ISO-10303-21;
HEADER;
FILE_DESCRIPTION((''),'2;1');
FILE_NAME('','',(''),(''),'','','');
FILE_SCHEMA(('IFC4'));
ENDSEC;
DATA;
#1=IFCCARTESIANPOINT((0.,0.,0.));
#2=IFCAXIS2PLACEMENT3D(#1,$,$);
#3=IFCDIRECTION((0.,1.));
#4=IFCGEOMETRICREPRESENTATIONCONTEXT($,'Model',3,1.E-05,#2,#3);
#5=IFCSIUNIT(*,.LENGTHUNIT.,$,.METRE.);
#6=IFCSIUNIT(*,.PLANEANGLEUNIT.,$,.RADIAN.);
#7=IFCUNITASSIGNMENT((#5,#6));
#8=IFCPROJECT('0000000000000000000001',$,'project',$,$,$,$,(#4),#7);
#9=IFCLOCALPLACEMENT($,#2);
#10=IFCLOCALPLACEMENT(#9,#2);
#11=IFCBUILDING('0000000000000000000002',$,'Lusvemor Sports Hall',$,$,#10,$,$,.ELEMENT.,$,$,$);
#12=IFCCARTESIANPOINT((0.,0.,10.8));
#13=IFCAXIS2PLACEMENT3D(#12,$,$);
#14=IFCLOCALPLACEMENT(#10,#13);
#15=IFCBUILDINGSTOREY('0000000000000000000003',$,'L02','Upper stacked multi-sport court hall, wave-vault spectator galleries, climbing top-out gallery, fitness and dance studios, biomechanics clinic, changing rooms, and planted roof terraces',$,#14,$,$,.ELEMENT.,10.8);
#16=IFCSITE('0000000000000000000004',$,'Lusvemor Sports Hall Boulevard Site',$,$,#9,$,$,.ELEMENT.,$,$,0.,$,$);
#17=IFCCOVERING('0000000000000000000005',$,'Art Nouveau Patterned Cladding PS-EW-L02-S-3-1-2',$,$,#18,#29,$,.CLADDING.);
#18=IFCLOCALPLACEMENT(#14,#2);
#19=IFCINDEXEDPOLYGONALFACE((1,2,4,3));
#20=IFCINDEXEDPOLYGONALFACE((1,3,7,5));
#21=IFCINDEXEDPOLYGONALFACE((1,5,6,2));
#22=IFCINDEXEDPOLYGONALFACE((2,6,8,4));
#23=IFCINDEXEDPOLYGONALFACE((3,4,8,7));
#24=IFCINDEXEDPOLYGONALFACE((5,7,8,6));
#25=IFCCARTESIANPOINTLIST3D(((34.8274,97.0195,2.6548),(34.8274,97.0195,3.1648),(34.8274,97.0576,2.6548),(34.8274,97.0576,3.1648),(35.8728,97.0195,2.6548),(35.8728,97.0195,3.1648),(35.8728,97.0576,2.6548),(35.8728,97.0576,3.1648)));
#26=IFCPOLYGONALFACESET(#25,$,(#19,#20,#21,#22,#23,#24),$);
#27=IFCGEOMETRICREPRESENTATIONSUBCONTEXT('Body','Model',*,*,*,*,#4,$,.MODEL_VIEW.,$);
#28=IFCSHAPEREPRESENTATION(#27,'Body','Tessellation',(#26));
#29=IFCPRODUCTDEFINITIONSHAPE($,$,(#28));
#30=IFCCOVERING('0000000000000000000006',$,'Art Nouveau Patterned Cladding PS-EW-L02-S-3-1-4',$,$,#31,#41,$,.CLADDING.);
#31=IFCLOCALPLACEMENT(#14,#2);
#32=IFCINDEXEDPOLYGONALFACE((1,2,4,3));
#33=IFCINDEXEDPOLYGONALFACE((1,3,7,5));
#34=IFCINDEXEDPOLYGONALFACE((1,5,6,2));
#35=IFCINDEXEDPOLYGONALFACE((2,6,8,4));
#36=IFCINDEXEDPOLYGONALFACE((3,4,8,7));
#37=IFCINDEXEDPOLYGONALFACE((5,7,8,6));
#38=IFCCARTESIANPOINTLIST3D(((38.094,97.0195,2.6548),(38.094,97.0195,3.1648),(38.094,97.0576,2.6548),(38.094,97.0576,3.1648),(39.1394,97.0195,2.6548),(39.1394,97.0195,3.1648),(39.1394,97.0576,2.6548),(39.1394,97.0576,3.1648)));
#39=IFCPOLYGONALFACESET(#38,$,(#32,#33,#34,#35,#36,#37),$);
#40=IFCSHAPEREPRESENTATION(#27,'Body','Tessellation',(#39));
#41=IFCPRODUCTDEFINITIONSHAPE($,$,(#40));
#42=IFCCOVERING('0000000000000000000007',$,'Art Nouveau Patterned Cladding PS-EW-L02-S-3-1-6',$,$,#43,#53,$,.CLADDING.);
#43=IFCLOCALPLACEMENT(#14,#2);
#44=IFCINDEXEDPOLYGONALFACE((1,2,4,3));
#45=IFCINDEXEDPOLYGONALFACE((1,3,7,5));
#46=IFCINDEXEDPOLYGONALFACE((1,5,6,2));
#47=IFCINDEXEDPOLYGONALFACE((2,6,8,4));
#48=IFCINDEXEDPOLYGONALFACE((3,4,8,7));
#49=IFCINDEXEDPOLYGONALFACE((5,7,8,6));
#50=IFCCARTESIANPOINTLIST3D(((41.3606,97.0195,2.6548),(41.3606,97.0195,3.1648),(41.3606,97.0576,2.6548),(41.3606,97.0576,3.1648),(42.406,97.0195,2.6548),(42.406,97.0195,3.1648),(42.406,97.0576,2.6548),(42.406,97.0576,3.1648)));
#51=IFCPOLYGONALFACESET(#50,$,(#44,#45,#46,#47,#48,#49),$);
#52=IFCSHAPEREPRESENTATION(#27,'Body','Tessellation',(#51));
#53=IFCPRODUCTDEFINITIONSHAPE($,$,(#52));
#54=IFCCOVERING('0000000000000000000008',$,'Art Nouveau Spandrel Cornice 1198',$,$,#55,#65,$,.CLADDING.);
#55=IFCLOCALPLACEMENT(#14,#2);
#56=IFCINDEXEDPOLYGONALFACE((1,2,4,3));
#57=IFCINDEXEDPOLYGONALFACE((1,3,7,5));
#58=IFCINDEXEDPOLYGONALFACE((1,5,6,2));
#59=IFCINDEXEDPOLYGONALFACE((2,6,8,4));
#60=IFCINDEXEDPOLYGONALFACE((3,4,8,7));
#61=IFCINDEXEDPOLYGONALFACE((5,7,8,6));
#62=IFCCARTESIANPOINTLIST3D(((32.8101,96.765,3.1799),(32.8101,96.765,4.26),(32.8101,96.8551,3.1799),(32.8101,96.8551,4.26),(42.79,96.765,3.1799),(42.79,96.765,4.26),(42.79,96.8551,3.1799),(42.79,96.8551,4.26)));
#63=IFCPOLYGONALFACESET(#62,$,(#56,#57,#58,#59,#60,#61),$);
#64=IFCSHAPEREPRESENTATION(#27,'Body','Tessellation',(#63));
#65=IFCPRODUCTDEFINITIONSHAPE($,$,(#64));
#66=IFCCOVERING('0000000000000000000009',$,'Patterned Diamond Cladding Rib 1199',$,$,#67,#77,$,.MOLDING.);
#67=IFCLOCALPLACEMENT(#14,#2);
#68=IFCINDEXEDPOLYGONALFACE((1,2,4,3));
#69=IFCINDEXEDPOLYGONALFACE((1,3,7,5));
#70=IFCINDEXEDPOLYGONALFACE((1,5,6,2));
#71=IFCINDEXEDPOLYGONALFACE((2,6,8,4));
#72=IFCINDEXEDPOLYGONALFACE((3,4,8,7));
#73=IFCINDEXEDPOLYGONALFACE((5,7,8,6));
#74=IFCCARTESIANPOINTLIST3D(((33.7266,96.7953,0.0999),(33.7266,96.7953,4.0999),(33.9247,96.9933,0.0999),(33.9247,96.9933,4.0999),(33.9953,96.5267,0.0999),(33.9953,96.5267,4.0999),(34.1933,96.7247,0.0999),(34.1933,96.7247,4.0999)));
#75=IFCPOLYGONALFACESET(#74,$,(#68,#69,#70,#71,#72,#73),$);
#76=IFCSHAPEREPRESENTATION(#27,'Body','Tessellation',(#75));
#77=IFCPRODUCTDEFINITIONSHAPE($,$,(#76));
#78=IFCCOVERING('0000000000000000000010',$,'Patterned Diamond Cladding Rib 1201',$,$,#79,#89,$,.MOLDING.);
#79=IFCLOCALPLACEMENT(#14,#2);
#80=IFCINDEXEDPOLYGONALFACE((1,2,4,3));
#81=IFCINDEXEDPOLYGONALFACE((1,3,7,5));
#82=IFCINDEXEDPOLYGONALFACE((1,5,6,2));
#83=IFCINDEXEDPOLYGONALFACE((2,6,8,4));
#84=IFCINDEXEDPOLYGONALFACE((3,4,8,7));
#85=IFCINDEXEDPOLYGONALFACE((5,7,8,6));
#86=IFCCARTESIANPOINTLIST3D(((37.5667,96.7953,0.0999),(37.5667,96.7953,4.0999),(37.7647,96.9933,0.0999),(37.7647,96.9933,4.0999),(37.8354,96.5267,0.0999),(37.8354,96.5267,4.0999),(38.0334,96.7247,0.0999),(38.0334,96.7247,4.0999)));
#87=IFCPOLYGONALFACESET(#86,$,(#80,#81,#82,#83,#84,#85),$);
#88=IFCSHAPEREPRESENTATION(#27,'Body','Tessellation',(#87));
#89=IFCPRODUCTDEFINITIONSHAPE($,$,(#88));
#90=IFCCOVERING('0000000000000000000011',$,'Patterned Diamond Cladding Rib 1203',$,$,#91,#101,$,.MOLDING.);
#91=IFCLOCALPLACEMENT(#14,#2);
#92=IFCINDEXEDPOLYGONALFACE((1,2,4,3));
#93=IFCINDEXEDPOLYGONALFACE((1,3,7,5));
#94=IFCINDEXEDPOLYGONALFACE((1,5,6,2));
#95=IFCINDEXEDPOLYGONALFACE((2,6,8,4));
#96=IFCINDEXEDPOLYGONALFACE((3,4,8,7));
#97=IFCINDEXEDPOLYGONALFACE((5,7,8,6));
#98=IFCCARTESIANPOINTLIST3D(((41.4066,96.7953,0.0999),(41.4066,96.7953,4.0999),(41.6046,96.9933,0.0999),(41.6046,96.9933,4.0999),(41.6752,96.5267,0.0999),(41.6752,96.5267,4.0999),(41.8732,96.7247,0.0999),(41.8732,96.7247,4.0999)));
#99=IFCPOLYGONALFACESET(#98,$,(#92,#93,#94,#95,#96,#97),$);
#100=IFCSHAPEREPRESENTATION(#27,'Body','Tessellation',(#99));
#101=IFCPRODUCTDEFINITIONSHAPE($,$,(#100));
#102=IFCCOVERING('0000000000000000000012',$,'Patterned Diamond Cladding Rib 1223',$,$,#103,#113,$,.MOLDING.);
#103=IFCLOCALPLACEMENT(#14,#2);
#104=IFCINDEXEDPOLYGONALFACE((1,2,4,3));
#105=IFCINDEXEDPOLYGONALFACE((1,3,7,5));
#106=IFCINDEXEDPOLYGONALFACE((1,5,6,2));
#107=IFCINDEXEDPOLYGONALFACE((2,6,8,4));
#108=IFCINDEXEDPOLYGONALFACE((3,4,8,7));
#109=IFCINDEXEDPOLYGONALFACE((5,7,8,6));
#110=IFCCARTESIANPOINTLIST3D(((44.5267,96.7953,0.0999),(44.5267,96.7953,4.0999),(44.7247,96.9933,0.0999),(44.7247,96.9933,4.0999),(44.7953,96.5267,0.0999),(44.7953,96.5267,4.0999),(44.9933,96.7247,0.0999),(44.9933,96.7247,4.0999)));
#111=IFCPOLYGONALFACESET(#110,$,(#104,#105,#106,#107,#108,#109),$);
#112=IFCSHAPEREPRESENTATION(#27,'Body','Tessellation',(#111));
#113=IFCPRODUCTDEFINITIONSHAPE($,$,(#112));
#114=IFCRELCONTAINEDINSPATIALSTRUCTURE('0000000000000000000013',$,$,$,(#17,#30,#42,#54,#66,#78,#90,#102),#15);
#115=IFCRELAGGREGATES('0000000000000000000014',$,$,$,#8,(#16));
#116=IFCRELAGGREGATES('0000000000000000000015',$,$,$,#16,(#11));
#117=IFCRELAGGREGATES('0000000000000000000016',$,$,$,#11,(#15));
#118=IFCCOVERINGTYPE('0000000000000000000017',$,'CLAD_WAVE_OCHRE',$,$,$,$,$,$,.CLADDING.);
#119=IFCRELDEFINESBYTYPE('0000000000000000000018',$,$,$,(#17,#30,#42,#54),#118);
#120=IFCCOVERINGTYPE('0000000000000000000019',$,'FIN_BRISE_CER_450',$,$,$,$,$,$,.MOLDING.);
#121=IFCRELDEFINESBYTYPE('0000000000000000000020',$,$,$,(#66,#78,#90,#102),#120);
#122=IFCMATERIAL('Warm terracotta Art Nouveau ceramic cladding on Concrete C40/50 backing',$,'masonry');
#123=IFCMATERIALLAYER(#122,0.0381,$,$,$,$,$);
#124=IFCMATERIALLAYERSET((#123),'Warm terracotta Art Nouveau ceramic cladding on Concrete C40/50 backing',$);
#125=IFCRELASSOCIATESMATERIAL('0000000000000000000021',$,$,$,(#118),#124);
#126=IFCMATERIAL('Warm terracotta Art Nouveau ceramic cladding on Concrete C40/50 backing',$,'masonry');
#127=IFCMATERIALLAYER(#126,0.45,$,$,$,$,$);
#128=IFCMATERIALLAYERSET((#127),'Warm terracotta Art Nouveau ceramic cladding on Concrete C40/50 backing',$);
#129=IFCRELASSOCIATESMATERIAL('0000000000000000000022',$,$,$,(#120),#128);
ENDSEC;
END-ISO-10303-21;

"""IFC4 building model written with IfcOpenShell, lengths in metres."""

from ifc_helpers import new_model, si_unit, direction, frame, origin, origin_2d, place, context, subcontext, project, spatial, rectangle, extrude, material, layer, layer_set, type_object, element, save


model = new_model("IFC4")

# Units and contexts
model_context = context("Model", 3, precision=1e-05, world=origin(), true_north=direction((0.0, 1.0)))
body_context = subcontext(model_context, "Body", "Model", "MODEL_VIEW")
ifc_project = project(units=[si_unit("LENGTHUNIT", "METRE"), si_unit("PLANEANGLEUNIT", "RADIAN")], contexts=[model_context])

# Site, building, storey
site_placement = place(None, origin())
site = spatial("IfcSite", under=ifc_project, at=site_placement, Name="Lusvemor Sports Hall Boulevard Site", CompositionType="ELEMENT", RefElevation=0.0)
building_placement = place(site_placement, origin())
building = spatial("IfcBuilding", under=site, at=building_placement, Name="Lusvemor Sports Hall", CompositionType="ELEMENT")
storey_placement = place(building_placement, frame((0.0, 0.0, 10.8)))
storey = spatial("IfcBuildingStorey", under=building, at=storey_placement, Name="L02", Description="Upper stacked multi-sport court hall, wave-vault spectator galleries, climbing top-out gallery, fitness and dance studios, biomechanics clinic, changing rooms, and planted roof terraces", CompositionType="ELEMENT", Elevation=10.8)

# Coverings
ifc_material_1 = material(Name="Warm terracotta Art Nouveau ceramic cladding on Concrete C40/50 backing", Category="masonry")
ifc_layer_1 = layer(ifc_material_1, 0.0381)
ifc_layer_set_1 = layer_set([ifc_layer_1], Name="Warm terracotta Art Nouveau ceramic cladding on Concrete C40/50 backing")
covering_type_1 = type_object("IfcCoveringType", Name="CLAD_WAVE_OCHRE", PredefinedType="CLADDING", material=ifc_layer_set_1)
for number, where, z_axis, x_axis, name in (
    (1, (35.3501, 97.0386, 2.6548), (0.0, 0.0, 1.0), (1.0, 0.0, 0.0), "Art Nouveau Patterned Cladding PS-EW-L02-S-3-1-2"),
    (2, (38.6167, 97.0386, 2.6548), (0.0, 0.0, 1.0), (1.0, 0.0, 0.0), "Art Nouveau Patterned Cladding PS-EW-L02-S-3-1-4"),
    (3, (41.8833, 97.0386, 2.6548), (0.0, 0.0, 1.0), (1.0, 0.0, 0.0), "Art Nouveau Patterned Cladding PS-EW-L02-S-3-1-6"),
):
    element("IfcCovering", number, at=place(storey_placement, frame(where, z_axis=z_axis, x_axis=x_axis)), inside=storey, type_object=covering_type_1, Name=name, PredefinedType="CLADDING", context=body_context, shape_type="SweptSolid", body=[
        extrude(rectangle(XDim=1.0454, YDim=0.0381, at=origin_2d()), origin(), (0.0, 0.0, 1.0), 0.51),
    ])
covering_placement = place(storey_placement, frame((37.8, 96.8101, 3.1799), z_axis=(0.0, 0.0, 1.0), x_axis=(1.0, 0.0, 0.0)))
element("IfcCovering", 4, at=covering_placement, inside=storey, type_object=covering_type_1, Name="Art Nouveau Spandrel Cornice 1198", PredefinedType="CLADDING", context=body_context, shape_type="SweptSolid", body=[
    extrude(rectangle(XDim=9.98, YDim=0.0901, at=origin_2d()), origin(), (0.0, 0.0, 1.0), 1.0801),
])
ifc_material_2 = material(Name="Warm terracotta Art Nouveau ceramic cladding on Concrete C40/50 backing", Category="masonry")
ifc_layer_2 = layer(ifc_material_2, 0.45)
ifc_layer_set_2 = layer_set([ifc_layer_2], Name="Warm terracotta Art Nouveau ceramic cladding on Concrete C40/50 backing")
covering_type_2 = type_object("IfcCoveringType", Name="FIN_BRISE_CER_450", PredefinedType="MOLDING", material=ifc_layer_set_2)
for number, where, z_axis, x_axis, name in (
    (5, (33.96, 96.76, 0.0999), (0.0, 0.0, 1.0), (0.707107, 0.707107, 0.0), "Patterned Diamond Cladding Rib 1199"),
    (6, (37.8, 96.76, 0.0999), (0.0, 0.0, 1.0), (0.707107, 0.707107, 0.0), "Patterned Diamond Cladding Rib 1201"),
    (7, (41.6399, 96.76, 0.0999), (0.0, 0.0, 1.0), (0.707107, 0.707107, 0.0), "Patterned Diamond Cladding Rib 1203"),
    (8, (44.76, 96.76, 0.0999), (0.0, 0.0, 1.0), (0.707107, 0.707107, 0.0), "Patterned Diamond Cladding Rib 1223"),
):
    element("IfcCovering", number, at=place(storey_placement, frame(where, z_axis=z_axis, x_axis=x_axis)), inside=storey, type_object=covering_type_2, Name=name, PredefinedType="MOLDING", context=body_context, shape_type="SweptSolid", body=[
        extrude(rectangle(XDim=0.28, YDim=0.3799, at=origin_2d()), origin(), (0.0, 0.0, 1.0), 4.0),
    ])

save(model, "model.ifc")
